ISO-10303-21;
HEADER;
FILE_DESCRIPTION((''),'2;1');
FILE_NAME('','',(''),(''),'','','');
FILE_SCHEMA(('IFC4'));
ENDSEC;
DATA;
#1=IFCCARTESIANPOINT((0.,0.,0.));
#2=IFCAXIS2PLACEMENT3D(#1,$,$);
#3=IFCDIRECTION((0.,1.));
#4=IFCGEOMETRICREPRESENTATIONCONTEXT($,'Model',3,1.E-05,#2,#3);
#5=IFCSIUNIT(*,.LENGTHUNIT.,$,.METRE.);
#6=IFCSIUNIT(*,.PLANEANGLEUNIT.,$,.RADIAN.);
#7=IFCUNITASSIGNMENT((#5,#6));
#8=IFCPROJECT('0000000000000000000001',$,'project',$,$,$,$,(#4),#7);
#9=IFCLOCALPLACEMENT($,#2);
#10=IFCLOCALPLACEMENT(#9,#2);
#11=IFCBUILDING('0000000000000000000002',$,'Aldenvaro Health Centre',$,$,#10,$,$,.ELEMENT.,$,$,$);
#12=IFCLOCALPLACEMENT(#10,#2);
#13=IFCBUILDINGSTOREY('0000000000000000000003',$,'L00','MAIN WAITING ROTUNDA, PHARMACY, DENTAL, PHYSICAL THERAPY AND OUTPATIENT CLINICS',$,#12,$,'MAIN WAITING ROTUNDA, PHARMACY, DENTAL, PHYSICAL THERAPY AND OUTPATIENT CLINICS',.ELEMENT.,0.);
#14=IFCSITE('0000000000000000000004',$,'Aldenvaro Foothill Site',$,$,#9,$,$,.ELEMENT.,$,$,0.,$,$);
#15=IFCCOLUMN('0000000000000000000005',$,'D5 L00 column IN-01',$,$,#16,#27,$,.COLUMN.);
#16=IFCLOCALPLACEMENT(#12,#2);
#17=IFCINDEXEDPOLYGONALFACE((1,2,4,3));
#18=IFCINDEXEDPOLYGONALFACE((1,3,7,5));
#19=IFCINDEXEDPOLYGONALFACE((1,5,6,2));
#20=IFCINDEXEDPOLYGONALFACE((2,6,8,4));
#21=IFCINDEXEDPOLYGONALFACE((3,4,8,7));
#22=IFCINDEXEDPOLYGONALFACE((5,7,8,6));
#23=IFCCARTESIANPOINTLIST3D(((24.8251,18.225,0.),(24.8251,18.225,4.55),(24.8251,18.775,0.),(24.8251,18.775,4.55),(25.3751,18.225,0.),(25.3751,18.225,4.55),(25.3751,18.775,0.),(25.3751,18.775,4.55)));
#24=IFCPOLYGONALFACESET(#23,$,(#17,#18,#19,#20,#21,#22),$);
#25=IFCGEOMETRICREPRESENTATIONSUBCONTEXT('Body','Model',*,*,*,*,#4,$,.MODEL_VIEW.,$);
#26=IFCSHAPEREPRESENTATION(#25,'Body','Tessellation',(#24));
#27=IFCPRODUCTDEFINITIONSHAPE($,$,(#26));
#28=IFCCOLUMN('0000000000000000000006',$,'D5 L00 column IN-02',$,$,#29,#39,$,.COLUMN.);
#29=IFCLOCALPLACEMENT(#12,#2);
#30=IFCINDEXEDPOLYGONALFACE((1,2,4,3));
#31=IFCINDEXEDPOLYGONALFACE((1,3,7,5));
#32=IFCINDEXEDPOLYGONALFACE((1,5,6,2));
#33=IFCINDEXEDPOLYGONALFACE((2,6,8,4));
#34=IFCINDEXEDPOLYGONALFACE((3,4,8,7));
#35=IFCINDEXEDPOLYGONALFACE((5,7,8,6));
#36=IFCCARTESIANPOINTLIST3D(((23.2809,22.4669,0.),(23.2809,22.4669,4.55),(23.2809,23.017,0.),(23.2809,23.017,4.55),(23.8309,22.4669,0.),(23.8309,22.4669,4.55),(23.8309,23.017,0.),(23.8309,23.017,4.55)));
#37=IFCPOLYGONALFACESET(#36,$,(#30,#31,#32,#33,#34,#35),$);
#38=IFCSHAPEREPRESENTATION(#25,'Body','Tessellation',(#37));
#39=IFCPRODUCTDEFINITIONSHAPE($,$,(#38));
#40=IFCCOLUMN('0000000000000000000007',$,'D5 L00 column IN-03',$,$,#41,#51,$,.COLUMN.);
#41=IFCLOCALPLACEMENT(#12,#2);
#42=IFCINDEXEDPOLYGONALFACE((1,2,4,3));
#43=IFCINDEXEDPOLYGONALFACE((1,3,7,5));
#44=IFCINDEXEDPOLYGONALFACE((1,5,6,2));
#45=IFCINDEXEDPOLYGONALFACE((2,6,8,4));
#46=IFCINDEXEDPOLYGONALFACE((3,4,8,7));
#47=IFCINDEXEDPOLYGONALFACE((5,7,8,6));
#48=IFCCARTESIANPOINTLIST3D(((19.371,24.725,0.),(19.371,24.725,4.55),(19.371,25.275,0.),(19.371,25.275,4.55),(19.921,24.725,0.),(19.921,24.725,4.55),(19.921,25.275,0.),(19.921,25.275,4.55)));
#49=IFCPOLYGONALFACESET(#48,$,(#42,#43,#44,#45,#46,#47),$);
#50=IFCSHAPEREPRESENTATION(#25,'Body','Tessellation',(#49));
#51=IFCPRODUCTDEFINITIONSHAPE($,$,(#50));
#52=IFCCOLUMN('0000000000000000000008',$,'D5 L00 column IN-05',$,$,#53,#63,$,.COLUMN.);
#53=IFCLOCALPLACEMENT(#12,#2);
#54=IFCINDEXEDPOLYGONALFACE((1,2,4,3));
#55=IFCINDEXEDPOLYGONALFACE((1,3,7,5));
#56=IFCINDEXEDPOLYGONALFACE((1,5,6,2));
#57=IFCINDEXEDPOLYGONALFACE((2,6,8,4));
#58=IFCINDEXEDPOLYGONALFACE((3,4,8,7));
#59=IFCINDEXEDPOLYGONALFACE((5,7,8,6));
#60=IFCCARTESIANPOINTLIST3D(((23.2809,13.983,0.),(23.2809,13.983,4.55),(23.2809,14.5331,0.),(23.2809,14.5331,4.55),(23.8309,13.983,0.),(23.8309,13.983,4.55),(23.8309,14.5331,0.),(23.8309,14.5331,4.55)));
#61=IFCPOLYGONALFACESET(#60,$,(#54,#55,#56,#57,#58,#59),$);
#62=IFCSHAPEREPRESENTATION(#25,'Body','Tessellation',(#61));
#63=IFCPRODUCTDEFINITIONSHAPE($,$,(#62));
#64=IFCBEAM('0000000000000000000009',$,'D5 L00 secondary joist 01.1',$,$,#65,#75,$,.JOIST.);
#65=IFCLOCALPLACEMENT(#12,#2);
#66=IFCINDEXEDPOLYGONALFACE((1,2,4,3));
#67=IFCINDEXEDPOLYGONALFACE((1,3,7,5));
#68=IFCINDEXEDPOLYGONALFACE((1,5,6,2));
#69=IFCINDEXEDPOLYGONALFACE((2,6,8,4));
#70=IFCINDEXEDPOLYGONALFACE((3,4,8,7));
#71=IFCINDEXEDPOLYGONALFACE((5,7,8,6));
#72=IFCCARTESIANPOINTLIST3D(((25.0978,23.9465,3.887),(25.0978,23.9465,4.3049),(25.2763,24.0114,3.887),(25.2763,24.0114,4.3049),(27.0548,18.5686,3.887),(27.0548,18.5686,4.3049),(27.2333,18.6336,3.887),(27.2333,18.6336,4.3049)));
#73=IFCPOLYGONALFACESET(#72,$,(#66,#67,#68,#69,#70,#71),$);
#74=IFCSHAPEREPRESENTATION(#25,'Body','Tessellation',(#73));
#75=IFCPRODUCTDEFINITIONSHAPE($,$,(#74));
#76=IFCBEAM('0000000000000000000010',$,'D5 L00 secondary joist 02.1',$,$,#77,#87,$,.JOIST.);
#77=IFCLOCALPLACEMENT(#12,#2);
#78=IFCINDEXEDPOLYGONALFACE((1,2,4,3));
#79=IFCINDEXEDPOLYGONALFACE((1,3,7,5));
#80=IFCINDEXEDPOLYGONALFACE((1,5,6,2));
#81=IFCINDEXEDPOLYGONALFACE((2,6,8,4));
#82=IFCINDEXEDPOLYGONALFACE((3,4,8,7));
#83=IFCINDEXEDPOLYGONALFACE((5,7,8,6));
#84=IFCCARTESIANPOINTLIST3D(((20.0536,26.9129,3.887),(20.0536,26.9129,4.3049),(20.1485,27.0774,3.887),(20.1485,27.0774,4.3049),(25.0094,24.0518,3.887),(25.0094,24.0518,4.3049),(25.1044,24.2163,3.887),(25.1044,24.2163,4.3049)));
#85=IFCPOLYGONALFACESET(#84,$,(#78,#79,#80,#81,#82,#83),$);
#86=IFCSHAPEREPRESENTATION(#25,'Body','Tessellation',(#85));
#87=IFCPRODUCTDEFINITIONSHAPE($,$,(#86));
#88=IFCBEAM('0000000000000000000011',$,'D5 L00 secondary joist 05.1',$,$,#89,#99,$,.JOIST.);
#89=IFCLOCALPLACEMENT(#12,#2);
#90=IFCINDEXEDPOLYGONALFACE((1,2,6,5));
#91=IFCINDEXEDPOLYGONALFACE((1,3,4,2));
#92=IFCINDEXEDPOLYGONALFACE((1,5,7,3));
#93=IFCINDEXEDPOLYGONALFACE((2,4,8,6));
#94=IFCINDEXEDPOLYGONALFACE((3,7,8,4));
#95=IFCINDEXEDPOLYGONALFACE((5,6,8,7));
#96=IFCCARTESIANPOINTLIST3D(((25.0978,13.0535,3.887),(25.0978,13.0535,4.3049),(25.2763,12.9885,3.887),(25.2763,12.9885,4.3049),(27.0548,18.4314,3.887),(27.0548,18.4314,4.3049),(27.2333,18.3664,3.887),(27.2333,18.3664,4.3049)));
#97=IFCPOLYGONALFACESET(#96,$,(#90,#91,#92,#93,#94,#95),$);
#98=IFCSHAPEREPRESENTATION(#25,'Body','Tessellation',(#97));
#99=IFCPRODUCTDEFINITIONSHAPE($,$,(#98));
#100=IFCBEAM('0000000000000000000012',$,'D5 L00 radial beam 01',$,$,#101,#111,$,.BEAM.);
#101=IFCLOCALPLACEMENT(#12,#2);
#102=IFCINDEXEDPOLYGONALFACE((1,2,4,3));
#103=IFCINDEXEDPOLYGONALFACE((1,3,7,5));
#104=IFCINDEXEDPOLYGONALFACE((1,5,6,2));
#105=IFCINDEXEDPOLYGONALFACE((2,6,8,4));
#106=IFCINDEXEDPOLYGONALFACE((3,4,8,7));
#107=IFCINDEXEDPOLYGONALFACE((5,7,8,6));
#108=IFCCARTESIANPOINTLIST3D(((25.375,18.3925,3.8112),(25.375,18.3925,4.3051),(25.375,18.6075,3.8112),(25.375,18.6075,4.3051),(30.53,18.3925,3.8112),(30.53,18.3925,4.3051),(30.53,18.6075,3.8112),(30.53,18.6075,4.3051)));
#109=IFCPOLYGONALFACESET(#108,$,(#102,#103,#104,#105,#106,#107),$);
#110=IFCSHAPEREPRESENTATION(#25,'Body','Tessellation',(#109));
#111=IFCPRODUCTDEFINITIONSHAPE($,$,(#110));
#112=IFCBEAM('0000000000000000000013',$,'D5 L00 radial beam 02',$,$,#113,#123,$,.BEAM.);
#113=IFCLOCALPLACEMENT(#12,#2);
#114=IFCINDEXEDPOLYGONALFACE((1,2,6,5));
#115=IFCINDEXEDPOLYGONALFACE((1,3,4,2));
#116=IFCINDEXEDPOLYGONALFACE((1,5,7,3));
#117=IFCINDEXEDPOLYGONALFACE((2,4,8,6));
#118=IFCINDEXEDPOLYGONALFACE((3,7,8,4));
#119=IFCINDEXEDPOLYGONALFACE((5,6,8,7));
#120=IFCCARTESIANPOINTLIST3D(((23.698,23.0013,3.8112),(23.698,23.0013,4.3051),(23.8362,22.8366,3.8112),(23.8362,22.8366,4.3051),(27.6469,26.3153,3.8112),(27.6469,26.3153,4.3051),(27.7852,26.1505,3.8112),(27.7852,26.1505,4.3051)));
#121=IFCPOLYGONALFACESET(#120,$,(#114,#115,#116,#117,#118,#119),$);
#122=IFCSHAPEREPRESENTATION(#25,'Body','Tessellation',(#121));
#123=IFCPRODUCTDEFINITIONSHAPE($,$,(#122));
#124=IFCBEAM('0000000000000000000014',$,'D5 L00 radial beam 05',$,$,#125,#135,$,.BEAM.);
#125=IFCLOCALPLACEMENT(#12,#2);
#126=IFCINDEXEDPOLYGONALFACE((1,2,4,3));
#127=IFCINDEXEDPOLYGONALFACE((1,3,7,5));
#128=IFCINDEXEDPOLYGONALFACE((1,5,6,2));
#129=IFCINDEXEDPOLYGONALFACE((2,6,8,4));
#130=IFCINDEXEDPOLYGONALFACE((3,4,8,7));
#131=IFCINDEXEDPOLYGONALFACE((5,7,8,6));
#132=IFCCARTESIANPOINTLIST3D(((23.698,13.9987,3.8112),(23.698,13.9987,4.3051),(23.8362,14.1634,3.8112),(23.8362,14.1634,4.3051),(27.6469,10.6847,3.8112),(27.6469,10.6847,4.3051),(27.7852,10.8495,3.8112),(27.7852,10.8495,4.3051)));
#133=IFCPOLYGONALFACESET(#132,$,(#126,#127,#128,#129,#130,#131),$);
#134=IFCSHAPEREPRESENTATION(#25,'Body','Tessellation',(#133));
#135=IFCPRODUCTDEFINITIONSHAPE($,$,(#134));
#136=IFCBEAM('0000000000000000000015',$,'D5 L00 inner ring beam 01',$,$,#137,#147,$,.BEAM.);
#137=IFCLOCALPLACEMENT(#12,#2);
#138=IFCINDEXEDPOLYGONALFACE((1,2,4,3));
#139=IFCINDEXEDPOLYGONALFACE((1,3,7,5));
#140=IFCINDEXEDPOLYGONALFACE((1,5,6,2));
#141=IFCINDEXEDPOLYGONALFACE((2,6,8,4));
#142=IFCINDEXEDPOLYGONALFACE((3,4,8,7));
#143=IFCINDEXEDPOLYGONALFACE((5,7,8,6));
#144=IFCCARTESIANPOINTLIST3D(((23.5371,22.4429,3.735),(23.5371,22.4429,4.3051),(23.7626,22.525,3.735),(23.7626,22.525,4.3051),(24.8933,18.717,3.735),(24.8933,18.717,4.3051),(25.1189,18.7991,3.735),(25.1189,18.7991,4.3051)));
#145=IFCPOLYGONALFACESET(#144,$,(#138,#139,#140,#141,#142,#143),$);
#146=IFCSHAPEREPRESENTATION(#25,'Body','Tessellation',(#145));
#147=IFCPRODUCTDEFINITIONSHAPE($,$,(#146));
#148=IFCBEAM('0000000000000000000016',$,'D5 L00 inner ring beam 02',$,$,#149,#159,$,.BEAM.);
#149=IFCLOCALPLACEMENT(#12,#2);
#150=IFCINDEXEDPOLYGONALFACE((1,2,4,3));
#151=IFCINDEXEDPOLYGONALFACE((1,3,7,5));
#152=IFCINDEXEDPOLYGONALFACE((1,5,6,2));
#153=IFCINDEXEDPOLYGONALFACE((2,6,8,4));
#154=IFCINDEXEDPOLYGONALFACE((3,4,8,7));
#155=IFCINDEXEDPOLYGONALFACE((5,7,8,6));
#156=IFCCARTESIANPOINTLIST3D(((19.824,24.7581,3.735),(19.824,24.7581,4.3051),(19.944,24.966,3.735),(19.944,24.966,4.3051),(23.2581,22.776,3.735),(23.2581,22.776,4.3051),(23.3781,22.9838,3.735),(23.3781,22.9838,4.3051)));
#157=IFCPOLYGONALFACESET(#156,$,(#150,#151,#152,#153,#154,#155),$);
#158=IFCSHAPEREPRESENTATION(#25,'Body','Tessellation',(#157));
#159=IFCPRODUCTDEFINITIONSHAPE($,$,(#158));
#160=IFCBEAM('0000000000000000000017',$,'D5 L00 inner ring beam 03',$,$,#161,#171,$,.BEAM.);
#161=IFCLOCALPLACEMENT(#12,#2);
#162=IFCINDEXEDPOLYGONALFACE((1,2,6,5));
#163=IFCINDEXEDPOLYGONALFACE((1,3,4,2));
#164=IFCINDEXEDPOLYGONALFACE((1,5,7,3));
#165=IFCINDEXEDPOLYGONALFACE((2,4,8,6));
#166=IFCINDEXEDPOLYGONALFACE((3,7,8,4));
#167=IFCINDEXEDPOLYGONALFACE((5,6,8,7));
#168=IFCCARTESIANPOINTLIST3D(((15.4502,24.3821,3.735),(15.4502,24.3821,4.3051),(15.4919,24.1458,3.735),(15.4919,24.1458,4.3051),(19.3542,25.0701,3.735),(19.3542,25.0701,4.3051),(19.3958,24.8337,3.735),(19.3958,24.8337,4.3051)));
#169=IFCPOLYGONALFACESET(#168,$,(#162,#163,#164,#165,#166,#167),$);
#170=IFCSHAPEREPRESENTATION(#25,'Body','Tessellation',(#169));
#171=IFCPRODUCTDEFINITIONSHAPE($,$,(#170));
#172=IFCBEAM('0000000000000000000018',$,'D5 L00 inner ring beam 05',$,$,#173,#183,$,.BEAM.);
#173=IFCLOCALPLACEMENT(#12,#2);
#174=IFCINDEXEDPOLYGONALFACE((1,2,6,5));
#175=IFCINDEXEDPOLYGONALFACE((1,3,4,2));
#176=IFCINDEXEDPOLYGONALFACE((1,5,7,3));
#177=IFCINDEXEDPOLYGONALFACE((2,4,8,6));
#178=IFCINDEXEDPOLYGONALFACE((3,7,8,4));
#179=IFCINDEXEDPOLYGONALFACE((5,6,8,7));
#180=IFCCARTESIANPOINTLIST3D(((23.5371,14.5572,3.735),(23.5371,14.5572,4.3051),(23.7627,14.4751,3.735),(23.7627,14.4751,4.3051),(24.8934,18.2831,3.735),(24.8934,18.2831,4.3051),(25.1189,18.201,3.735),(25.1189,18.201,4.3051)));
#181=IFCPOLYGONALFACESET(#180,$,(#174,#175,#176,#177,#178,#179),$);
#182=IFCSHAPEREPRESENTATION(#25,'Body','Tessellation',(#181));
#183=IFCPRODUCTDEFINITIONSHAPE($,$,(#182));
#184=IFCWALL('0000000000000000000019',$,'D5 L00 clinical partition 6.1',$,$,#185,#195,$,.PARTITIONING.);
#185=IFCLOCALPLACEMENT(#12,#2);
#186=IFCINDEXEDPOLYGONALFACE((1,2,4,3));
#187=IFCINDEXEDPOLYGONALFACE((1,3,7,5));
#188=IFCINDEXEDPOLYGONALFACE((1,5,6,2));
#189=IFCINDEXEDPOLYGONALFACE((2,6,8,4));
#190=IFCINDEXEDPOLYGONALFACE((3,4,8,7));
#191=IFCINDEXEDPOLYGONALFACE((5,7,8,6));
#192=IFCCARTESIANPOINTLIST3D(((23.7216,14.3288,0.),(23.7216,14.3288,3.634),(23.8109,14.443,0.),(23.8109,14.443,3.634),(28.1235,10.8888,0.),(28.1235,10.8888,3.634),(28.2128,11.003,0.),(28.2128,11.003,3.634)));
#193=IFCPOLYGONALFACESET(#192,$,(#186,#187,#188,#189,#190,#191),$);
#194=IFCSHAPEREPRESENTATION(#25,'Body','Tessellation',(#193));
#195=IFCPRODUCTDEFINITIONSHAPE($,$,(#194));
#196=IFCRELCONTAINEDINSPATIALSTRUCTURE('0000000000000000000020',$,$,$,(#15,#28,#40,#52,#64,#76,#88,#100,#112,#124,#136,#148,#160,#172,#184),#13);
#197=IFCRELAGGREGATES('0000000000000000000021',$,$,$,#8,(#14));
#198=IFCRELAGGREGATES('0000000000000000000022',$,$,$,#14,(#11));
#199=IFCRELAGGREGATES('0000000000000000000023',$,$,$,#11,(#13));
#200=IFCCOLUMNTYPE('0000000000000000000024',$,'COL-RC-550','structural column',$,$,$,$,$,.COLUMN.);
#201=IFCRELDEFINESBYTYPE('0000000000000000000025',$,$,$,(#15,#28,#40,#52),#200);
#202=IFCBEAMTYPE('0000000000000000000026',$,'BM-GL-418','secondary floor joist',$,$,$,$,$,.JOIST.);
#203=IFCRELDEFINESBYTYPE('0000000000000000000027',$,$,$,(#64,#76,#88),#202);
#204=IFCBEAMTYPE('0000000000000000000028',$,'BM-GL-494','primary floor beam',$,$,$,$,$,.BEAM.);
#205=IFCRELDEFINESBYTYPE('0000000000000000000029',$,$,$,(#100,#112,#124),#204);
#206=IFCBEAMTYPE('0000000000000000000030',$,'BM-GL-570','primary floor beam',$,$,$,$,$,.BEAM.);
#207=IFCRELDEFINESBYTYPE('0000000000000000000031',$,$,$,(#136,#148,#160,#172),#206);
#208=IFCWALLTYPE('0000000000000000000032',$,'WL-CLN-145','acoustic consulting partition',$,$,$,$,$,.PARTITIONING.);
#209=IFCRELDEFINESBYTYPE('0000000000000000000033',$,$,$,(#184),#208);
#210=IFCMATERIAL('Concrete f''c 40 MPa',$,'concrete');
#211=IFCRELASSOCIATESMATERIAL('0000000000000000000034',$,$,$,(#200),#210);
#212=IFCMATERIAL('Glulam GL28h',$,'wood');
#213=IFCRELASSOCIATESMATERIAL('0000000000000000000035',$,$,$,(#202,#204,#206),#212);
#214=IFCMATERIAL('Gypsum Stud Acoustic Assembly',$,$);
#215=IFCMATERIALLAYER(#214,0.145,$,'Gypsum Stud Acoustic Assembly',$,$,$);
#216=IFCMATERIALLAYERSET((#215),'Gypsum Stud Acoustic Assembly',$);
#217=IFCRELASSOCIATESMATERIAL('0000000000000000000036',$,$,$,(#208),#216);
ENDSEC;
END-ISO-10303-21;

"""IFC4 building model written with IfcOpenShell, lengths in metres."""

from ifc_helpers import new_model, si_unit, direction, frame, frame_2d, origin, origin_2d, place, context, subcontext, project, spatial, rectangle, extrude, material, layer, layer_set, material_profile, profile_set, type_object, element, save


model = new_model("IFC4")

# Units and contexts
model_context = context("Model", 3, precision=1e-05, world=origin(), true_north=direction((0.0, 1.0)))
body_context = subcontext(model_context, "Body", "Model", "MODEL_VIEW")
ifc_project = project(units=[si_unit("LENGTHUNIT", "METRE"), si_unit("PLANEANGLEUNIT", "RADIAN")], contexts=[model_context])

# Site, building, storey
site_placement = place(None, origin())
site = spatial("IfcSite", under=ifc_project, at=site_placement, Name="Aldenvaro Foothill Site", CompositionType="ELEMENT", RefElevation=0.0)
building_placement = place(site_placement, origin())
building = spatial("IfcBuilding", under=site, at=building_placement, Name="Aldenvaro Health Centre", CompositionType="ELEMENT")
storey_placement = place(building_placement, origin())
storey = spatial("IfcBuildingStorey", under=building, at=storey_placement, Name="L00", Description="MAIN WAITING ROTUNDA, PHARMACY, DENTAL, PHYSICAL THERAPY AND OUTPATIENT CLINICS", LongName="MAIN WAITING ROTUNDA, PHARMACY, DENTAL, PHYSICAL THERAPY AND OUTPATIENT CLINICS", CompositionType="ELEMENT", Elevation=0.0)

# Columns
ifc_material_1 = material(Name="Concrete f'c 40 MPa", Category="concrete")
ifc_material_profile_1 = material_profile(ifc_material_1, rectangle(XDim=0.55, YDim=0.55, at=origin_2d()), Name="RC 550x550", Category="concrete")
ifc_profile_set_1 = profile_set([ifc_material_profile_1], Name="Concrete f'c 40 MPa")
column_type = type_object("IfcColumnType", Name="COL-RC-550", Description="structural column", PredefinedType="COLUMN", material=ifc_profile_set_1)
for number, where, z_axis, x_axis, name in (
    (1, (25.1001, 18.5, 0.0), (0.0, 0.0, 1.0), (1.0, 0.0, 0.0), "D5 L00 column IN-01"),
    (2, (23.5559, 22.7419, 0.0), (0.0, 0.0, 1.0), (1.0, 0.0, 0.0), "D5 L00 column IN-02"),
    (3, (19.646, 25.0, 0.0), (0.0, 0.0, 1.0), (1.0, 0.0, 0.0), "D5 L00 column IN-03"),
    (4, (23.5559, 14.2581, 0.0), (0.0, 0.0, 1.0), (1.0, 0.0, 0.0), "D5 L00 column IN-05"),
):
    element("IfcColumn", number, at=place(storey_placement, frame(where, z_axis=z_axis, x_axis=x_axis)), inside=storey, type_object=column_type, Name=name, PredefinedType="COLUMN", context=body_context, shape_type="SweptSolid", body=[
        extrude(rectangle(XDim=0.55, YDim=0.55, at=origin_2d()), origin(), (0.0, 0.0, 1.0), 4.55),
    ])

# Beams
ifc_material_2 = material(Name="Glulam GL28h", Category="wood")
ifc_material_profile_2 = material_profile(ifc_material_2, rectangle(XDim=0.1899, YDim=0.418, at=origin_2d()), Name="GL 190x418", Category="wood")
ifc_profile_set_2 = profile_set([ifc_material_profile_2], Name="Glulam GL28h")
beam_type_1 = type_object("IfcBeamType", Name="BM-GL-418", Description="secondary floor joist", PredefinedType="JOIST", material=ifc_profile_set_2)
beam_1_placement = place(storey_placement, frame((27.144, 18.6011, 4.0959), z_axis=(-0.341962, 0.939714, 0.0), x_axis=(-0.939714, -0.341962, 0.0)))
element("IfcBeam", 5, at=beam_1_placement, inside=storey, type_object=beam_type_1, Name="D5 L00 secondary joist 01.1", PredefinedType="JOIST", context=body_context, shape_type="SweptSolid", body=[
    extrude(rectangle(XDim=0.1899, YDim=0.418, at=origin_2d()), origin(), (0.0, 0.0, 1.0), 5.7229),
])
beam_2_placement = place(storey_placement, frame((25.0569, 24.134, 4.0959), z_axis=(-0.866037, 0.49998, 0.0), x_axis=(-0.49998, -0.866037, 0.0)))
element("IfcBeam", 6, at=beam_2_placement, inside=storey, type_object=beam_type_1, Name="D5 L00 secondary joist 02.1", PredefinedType="JOIST", context=body_context, shape_type="SweptSolid", body=[
    extrude(rectangle(XDim=0.1899, YDim=0.418, at=origin_2d()), origin(), (0.0, 0.0, 1.0), 5.7224),
])
beam_3_placement = place(storey_placement, frame((25.187, 13.021, 4.0959), z_axis=(0.341962, 0.939714, 0.0), x_axis=(-0.939714, 0.341962, 0.0)))
element("IfcBeam", 7, at=beam_3_placement, inside=storey, type_object=beam_type_1, Name="D5 L00 secondary joist 05.1", PredefinedType="JOIST", context=body_context, shape_type="SweptSolid", body=[
    extrude(rectangle(XDim=0.1899, YDim=0.418, at=origin_2d()), origin(), (0.0, 0.0, 1.0), 5.7229),
])
ifc_material_profile_3 = material_profile(ifc_material_2, rectangle(XDim=0.2151, YDim=0.4939, at=origin_2d()), Name="GL 215x494", Category="wood")
ifc_profile_set_3 = profile_set([ifc_material_profile_3], Name="Glulam GL28h")
beam_type_2 = type_object("IfcBeamType", Name="BM-GL-494", Description="primary floor beam", PredefinedType="BEAM", material=ifc_profile_set_3)
beam_4_placement = place(storey_placement, frame((25.375, 18.5, 4.0581), z_axis=(1.0, 0.0, 0.0), x_axis=(0.0, 1.0, 0.0)))
element("IfcBeam", 8, at=beam_4_placement, inside=storey, type_object=beam_type_2, Name="D5 L00 radial beam 01", PredefinedType="BEAM", context=body_context, shape_type="SweptSolid", body=[
    extrude(rectangle(XDim=0.2151, YDim=0.4939, at=origin_2d()), origin(), (0.0, 0.0, 1.0), 5.155),
])
for number, where, z_axis, x_axis, name in (
    (9, (23.7671, 22.9189, 4.0581), (0.766008, 0.642831, 0.0), (-0.642831, 0.766008, 0.0), "D5 L00 radial beam 02"),
    (10, (23.7671, 14.0811, 4.0581), (0.766008, -0.642831, 0.0), (0.642831, 0.766008, 0.0), "D5 L00 radial beam 05"),
):
    element("IfcBeam", number, at=place(storey_placement, frame(where, z_axis=z_axis, x_axis=x_axis)), inside=storey, type_object=beam_type_2, Name=name, PredefinedType="BEAM", context=body_context, shape_type="SweptSolid", body=[
        extrude(rectangle(XDim=0.2151, YDim=0.4939, at=origin_2d()), origin(), (0.0, 0.0, 1.0), 5.1553),
    ])
ifc_material_profile_4 = material_profile(ifc_material_2, rectangle(XDim=0.24, YDim=0.5701, at=origin_2d()), Name="GL 240x570", Category="wood")
ifc_profile_set_4 = profile_set([ifc_material_profile_4], Name="Glulam GL28h")
beam_type_3 = type_object("IfcBeamType", Name="BM-GL-570", Description="primary floor beam", PredefinedType="BEAM", material=ifc_profile_set_4)
for number, where, z_axis, x_axis, name in (
    (11, (25.0061, 18.7581, 4.02), (-0.342045, 0.939684, 0.0), (-0.939684, -0.342045, 0.0), "D5 L00 inner ring beam 01"),
    (12, (23.3181, 22.8799, 4.02), (-0.866079, 0.499907, 0.0), (-0.499907, -0.866079, 0.0), "D5 L00 inner ring beam 02"),
):
    element("IfcBeam", number, at=place(storey_placement, frame(where, z_axis=z_axis, x_axis=x_axis)), inside=storey, type_object=beam_type_3, Name=name, PredefinedType="BEAM", context=body_context, shape_type="SweptSolid", body=[
        extrude(rectangle(XDim=0.24, YDim=0.5701, at=origin_2d()), origin(), (0.0, 0.0, 1.0), 3.9651),
    ])
beam_5_placement = place(storey_placement, frame((19.375, 24.9519, 4.02), z_axis=(-0.984825, -0.17355, 0.0), x_axis=(0.17355, -0.984825, 0.0)))
element("IfcBeam", 13, at=beam_5_placement, inside=storey, type_object=beam_type_3, Name="D5 L00 inner ring beam 03", PredefinedType="BEAM", context=body_context, shape_type="SweptSolid", body=[
    extrude(rectangle(XDim=0.24, YDim=0.5701, at=origin_2d()), origin(), (0.0, 0.0, 1.0), 3.9641),
])
beam_6_placement = place(storey_placement, frame((23.6499, 14.5161, 4.02), z_axis=(0.342045, 0.939684, 0.0), x_axis=(-0.939684, 0.342045, 0.0)))
element("IfcBeam", 14, at=beam_6_placement, inside=storey, type_object=beam_type_3, Name="D5 L00 inner ring beam 05", PredefinedType="BEAM", context=body_context, shape_type="SweptSolid", body=[
    extrude(rectangle(XDim=0.24, YDim=0.5701, at=origin_2d()), origin(), (0.0, 0.0, 1.0), 3.9651),
])

# Wall
ifc_material_3 = material(Name="Gypsum Stud Acoustic Assembly")
ifc_layer_1 = layer(ifc_material_3, 0.145, Name="Gypsum Stud Acoustic Assembly")
ifc_layer_set_1 = layer_set([ifc_layer_1], Name="Gypsum Stud Acoustic Assembly")
wall_type_1 = type_object("IfcWallType", Name="WL-CLN-145", Description="acoustic consulting partition", PredefinedType="PARTITIONING", material=ifc_layer_set_1)
wall_1_placement = place(storey_placement, frame((23.7661, 14.386, 0.0), z_axis=(0.0, 0.0, 1.0), x_axis=(0.787938, -0.615754, 0.0)))
element("IfcWall", 15, at=wall_1_placement, inside=storey, type_object=wall_type_1, Name="D5 L00 clinical partition 6.1", PredefinedType="PARTITIONING", context=body_context, shape_type="SweptSolid", body=[
    extrude(rectangle(XDim=5.5867, YDim=0.145, at=frame_2d((2.7935, 0.0))), origin(), (0.0, 0.0, 1.0), 3.634),
])

save(model, "model.ifc")
